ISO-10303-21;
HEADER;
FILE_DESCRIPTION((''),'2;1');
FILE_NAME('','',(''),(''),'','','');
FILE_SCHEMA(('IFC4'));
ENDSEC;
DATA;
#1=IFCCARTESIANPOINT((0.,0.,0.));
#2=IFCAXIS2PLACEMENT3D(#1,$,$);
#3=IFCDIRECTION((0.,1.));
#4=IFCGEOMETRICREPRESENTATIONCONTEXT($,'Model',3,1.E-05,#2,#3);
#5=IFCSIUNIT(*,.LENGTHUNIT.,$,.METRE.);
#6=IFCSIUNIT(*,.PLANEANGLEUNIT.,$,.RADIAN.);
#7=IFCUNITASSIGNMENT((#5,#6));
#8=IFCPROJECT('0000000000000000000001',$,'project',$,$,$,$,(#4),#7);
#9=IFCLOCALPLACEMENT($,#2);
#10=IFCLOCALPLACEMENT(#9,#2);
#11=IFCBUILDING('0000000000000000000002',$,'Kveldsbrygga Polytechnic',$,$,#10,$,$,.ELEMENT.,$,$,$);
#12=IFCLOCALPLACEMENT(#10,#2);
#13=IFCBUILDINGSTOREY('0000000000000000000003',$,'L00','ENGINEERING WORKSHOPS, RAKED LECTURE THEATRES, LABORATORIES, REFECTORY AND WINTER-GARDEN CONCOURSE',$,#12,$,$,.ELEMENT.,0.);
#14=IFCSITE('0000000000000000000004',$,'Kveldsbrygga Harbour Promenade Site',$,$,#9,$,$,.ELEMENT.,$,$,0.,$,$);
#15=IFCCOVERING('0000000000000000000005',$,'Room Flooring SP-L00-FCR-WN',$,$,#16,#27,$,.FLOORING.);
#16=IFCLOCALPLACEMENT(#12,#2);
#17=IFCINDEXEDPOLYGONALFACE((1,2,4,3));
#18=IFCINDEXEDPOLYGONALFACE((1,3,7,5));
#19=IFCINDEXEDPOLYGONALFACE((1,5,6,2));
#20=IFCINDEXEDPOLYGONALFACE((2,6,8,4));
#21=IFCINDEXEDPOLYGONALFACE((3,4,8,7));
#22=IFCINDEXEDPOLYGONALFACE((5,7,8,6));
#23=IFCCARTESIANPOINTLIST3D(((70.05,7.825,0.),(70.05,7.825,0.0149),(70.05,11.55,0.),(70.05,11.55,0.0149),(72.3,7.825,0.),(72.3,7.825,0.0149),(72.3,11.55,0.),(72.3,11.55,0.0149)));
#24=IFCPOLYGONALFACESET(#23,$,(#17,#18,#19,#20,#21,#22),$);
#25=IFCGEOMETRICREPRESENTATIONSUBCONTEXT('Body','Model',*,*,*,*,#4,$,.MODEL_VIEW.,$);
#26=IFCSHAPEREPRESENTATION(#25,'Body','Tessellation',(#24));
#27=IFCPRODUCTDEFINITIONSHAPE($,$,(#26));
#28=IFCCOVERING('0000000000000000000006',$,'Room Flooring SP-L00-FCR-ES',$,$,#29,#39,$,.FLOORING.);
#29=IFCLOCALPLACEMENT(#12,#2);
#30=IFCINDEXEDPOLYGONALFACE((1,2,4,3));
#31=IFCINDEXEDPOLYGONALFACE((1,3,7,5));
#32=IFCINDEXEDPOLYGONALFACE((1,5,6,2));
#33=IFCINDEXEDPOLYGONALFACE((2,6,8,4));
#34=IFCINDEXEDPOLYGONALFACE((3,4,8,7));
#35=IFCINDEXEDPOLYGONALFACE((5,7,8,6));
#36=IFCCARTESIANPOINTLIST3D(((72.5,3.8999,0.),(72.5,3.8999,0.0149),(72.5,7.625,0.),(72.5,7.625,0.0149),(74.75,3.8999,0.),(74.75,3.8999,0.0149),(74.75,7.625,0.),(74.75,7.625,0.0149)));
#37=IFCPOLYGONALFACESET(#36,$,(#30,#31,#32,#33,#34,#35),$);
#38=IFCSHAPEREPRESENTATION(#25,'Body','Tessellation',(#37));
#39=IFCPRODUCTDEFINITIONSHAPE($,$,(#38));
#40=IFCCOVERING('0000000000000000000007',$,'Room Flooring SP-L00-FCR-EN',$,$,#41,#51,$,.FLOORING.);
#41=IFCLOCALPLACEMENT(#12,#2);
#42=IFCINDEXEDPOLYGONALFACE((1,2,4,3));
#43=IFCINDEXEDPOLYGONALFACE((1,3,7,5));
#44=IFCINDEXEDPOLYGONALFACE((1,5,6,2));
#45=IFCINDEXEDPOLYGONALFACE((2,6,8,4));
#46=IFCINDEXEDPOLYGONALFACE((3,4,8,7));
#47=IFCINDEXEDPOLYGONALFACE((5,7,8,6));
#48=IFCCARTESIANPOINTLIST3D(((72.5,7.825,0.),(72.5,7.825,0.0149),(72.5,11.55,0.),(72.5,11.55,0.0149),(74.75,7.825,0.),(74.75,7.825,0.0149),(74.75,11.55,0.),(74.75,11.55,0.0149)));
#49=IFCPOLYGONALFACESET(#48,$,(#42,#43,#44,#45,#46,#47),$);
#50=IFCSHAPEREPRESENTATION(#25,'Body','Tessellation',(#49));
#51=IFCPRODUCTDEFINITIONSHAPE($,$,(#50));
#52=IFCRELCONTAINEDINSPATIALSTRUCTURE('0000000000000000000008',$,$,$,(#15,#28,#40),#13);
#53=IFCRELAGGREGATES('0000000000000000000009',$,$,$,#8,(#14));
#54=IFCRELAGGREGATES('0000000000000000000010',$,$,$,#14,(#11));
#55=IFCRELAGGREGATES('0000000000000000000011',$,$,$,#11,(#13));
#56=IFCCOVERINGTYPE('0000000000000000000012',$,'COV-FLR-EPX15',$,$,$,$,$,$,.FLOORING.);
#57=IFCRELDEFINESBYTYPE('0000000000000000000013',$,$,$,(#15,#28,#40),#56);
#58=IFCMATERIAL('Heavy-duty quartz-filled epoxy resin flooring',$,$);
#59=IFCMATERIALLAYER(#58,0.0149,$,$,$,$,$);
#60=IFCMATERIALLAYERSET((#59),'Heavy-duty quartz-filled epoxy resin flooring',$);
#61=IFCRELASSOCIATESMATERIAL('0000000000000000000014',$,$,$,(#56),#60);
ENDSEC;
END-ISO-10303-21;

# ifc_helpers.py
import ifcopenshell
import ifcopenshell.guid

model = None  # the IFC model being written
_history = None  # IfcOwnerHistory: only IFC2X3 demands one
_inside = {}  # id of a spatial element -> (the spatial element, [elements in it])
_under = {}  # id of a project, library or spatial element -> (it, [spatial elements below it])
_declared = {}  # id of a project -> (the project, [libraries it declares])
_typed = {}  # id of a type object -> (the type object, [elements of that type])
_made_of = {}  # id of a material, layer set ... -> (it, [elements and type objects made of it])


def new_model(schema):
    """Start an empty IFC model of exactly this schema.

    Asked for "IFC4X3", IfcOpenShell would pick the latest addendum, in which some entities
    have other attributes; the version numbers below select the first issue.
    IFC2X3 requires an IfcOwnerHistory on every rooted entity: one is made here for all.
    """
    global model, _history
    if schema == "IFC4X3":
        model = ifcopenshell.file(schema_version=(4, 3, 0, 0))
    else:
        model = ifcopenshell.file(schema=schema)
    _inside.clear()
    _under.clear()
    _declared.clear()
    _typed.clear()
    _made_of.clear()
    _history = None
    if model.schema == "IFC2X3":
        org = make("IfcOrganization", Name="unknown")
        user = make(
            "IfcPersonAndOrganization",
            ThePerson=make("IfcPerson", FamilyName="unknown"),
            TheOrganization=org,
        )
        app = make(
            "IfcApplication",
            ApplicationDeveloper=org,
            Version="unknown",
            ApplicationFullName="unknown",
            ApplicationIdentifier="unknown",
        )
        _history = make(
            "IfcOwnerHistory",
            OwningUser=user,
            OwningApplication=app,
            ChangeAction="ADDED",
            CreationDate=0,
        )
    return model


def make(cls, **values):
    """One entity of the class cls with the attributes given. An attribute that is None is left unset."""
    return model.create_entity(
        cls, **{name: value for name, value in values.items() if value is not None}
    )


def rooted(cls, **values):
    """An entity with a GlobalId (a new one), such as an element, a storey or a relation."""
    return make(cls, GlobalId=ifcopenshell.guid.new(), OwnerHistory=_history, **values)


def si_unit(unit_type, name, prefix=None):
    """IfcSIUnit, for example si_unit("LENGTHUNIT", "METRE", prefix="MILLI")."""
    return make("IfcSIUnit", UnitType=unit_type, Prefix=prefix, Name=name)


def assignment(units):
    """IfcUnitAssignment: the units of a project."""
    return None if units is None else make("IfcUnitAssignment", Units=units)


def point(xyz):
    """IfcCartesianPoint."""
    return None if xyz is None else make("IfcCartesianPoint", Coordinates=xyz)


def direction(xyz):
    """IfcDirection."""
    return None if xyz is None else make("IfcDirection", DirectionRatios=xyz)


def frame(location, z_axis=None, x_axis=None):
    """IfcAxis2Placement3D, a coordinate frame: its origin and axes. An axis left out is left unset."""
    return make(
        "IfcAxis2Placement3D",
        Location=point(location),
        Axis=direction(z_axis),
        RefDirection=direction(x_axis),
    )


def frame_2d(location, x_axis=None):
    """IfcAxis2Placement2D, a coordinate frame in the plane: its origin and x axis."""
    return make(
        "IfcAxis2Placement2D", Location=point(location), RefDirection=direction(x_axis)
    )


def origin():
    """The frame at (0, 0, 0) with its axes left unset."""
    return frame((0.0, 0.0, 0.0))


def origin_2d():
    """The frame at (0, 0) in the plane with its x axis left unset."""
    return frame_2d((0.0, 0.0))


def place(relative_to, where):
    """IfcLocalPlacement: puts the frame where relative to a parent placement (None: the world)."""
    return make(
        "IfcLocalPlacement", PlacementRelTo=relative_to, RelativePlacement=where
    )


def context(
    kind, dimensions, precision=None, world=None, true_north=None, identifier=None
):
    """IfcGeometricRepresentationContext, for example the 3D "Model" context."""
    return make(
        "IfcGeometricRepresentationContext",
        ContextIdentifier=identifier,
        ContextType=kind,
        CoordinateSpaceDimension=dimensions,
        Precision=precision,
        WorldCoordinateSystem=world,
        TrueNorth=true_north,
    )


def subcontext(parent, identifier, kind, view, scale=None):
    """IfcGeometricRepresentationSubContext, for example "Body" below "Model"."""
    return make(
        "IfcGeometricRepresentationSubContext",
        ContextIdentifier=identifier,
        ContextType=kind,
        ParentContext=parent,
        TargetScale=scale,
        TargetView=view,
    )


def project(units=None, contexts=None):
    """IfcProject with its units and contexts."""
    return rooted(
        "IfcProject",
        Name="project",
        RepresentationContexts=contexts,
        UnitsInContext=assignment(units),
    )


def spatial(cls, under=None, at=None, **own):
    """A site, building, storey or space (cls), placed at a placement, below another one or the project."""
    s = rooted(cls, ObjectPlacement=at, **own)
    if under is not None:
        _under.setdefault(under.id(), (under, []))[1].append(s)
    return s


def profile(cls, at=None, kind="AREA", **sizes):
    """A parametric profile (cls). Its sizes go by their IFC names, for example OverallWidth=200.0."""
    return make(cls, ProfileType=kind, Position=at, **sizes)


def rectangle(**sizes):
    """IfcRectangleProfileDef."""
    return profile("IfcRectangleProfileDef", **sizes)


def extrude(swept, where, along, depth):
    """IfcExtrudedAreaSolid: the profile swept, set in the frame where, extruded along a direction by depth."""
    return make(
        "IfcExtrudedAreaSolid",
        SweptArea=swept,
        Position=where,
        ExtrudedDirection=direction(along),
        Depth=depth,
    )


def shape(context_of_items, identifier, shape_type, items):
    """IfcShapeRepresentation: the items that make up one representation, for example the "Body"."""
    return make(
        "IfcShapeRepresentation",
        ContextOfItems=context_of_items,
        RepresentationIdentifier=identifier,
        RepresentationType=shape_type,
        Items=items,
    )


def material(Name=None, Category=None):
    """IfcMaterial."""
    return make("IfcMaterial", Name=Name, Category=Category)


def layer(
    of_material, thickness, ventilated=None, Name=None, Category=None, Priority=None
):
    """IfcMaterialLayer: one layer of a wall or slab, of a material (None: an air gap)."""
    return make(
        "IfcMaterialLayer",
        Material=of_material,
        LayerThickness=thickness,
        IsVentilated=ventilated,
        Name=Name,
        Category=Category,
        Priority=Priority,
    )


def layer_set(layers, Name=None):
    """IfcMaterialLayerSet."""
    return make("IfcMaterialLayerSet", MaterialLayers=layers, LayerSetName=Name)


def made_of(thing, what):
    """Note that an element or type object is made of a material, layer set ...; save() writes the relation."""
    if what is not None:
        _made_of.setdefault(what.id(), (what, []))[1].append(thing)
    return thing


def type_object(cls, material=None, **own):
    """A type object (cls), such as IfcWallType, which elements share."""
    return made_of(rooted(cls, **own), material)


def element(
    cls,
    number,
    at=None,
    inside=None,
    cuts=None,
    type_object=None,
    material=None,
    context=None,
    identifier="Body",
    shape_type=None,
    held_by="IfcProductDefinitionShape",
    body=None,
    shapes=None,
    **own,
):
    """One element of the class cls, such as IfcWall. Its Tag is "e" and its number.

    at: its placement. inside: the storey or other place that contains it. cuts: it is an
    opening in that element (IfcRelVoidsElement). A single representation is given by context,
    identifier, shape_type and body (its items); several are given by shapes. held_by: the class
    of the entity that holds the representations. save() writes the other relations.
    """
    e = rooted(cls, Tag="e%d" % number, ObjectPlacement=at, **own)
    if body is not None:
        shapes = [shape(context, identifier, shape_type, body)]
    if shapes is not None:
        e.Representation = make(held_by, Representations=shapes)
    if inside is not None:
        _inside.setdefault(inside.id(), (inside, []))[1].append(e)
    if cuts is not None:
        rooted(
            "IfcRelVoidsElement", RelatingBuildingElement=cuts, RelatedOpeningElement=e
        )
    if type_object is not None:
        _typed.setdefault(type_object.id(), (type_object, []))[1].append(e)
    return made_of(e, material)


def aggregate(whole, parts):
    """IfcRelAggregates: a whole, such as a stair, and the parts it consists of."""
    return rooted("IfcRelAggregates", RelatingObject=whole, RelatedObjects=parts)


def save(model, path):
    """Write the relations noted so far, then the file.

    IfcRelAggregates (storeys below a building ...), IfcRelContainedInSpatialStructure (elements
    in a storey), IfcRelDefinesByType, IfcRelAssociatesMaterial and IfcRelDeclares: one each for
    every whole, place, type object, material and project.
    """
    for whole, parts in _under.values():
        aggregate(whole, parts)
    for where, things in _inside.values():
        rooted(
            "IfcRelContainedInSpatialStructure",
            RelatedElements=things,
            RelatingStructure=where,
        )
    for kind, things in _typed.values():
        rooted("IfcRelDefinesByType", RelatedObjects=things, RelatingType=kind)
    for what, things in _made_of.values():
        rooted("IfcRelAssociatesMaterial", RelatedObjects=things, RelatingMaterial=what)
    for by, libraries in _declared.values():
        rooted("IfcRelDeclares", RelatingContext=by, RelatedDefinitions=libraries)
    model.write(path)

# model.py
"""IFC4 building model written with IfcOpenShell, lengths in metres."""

from ifc_helpers import new_model, si_unit, direction, frame, origin, origin_2d, place, context, subcontext, project, spatial, rectangle, extrude, material, layer, layer_set, type_object, element, save


model = new_model("IFC4")

# Units and contexts
model_context = context("Model", 3, precision=1e-05, world=origin(), true_north=direction((0.0, 1.0)))
body_context = subcontext(model_context, "Body", "Model", "MODEL_VIEW")
ifc_project = project(units=[si_unit("LENGTHUNIT", "METRE"), si_unit("PLANEANGLEUNIT", "RADIAN")], contexts=[model_context])

# Site, building, storey
site_placement = place(None, origin())
site = spatial("IfcSite", under=ifc_project, at=site_placement, Name="Kveldsbrygga Harbour Promenade Site", CompositionType="ELEMENT", RefElevation=0.0)
building_placement = place(site_placement, origin())
building = spatial("IfcBuilding", under=site, at=building_placement, Name="Kveldsbrygga Polytechnic", CompositionType="ELEMENT")
storey_placement = place(building_placement, origin())
storey = spatial("IfcBuildingStorey", under=building, at=storey_placement, Name="L00", Description="ENGINEERING WORKSHOPS, RAKED LECTURE THEATRES, LABORATORIES, REFECTORY AND WINTER-GARDEN CONCOURSE", CompositionType="ELEMENT", Elevation=0.0)

# Coverings
ifc_material_1 = material(Name="Heavy-duty quartz-filled epoxy resin flooring")
ifc_layer_1 = layer(ifc_material_1, 0.0149)
ifc_layer_set_1 = layer_set([ifc_layer_1], Name="Heavy-duty quartz-filled epoxy resin flooring")
covering_type_1 = type_object("IfcCoveringType", Name="COV-FLR-EPX15", PredefinedType="FLOORING", material=ifc_layer_set_1)
for number, where, z_axis, x_axis, name in (
    (1, (71.175, 9.6875, 0.0), (0.0, 0.0, 1.0), (1.0, 0.0, 0.0), "Room Flooring SP-L00-FCR-WN"),
    (2, (73.625, 5.7625, 0.0), (0.0, 0.0, 1.0), (1.0, 0.0, 0.0), "Room Flooring SP-L00-FCR-ES"),
    (3, (73.625, 9.6875, 0.0), (0.0, 0.0, 1.0), (1.0, 0.0, 0.0), "Room Flooring SP-L00-FCR-EN"),
):
    element("IfcCovering", number, at=place(storey_placement, frame(where, z_axis=z_axis, x_axis=x_axis)), inside=storey, type_object=covering_type_1, Name=name, PredefinedType="FLOORING", context=body_context, shape_type="SweptSolid", body=[
        extrude(rectangle(XDim=2.25, YDim=3.7251, at=origin_2d()), origin(), (0.0, 0.0, 1.0), 0.0149),
    ])

save(model, "model.ifc")
